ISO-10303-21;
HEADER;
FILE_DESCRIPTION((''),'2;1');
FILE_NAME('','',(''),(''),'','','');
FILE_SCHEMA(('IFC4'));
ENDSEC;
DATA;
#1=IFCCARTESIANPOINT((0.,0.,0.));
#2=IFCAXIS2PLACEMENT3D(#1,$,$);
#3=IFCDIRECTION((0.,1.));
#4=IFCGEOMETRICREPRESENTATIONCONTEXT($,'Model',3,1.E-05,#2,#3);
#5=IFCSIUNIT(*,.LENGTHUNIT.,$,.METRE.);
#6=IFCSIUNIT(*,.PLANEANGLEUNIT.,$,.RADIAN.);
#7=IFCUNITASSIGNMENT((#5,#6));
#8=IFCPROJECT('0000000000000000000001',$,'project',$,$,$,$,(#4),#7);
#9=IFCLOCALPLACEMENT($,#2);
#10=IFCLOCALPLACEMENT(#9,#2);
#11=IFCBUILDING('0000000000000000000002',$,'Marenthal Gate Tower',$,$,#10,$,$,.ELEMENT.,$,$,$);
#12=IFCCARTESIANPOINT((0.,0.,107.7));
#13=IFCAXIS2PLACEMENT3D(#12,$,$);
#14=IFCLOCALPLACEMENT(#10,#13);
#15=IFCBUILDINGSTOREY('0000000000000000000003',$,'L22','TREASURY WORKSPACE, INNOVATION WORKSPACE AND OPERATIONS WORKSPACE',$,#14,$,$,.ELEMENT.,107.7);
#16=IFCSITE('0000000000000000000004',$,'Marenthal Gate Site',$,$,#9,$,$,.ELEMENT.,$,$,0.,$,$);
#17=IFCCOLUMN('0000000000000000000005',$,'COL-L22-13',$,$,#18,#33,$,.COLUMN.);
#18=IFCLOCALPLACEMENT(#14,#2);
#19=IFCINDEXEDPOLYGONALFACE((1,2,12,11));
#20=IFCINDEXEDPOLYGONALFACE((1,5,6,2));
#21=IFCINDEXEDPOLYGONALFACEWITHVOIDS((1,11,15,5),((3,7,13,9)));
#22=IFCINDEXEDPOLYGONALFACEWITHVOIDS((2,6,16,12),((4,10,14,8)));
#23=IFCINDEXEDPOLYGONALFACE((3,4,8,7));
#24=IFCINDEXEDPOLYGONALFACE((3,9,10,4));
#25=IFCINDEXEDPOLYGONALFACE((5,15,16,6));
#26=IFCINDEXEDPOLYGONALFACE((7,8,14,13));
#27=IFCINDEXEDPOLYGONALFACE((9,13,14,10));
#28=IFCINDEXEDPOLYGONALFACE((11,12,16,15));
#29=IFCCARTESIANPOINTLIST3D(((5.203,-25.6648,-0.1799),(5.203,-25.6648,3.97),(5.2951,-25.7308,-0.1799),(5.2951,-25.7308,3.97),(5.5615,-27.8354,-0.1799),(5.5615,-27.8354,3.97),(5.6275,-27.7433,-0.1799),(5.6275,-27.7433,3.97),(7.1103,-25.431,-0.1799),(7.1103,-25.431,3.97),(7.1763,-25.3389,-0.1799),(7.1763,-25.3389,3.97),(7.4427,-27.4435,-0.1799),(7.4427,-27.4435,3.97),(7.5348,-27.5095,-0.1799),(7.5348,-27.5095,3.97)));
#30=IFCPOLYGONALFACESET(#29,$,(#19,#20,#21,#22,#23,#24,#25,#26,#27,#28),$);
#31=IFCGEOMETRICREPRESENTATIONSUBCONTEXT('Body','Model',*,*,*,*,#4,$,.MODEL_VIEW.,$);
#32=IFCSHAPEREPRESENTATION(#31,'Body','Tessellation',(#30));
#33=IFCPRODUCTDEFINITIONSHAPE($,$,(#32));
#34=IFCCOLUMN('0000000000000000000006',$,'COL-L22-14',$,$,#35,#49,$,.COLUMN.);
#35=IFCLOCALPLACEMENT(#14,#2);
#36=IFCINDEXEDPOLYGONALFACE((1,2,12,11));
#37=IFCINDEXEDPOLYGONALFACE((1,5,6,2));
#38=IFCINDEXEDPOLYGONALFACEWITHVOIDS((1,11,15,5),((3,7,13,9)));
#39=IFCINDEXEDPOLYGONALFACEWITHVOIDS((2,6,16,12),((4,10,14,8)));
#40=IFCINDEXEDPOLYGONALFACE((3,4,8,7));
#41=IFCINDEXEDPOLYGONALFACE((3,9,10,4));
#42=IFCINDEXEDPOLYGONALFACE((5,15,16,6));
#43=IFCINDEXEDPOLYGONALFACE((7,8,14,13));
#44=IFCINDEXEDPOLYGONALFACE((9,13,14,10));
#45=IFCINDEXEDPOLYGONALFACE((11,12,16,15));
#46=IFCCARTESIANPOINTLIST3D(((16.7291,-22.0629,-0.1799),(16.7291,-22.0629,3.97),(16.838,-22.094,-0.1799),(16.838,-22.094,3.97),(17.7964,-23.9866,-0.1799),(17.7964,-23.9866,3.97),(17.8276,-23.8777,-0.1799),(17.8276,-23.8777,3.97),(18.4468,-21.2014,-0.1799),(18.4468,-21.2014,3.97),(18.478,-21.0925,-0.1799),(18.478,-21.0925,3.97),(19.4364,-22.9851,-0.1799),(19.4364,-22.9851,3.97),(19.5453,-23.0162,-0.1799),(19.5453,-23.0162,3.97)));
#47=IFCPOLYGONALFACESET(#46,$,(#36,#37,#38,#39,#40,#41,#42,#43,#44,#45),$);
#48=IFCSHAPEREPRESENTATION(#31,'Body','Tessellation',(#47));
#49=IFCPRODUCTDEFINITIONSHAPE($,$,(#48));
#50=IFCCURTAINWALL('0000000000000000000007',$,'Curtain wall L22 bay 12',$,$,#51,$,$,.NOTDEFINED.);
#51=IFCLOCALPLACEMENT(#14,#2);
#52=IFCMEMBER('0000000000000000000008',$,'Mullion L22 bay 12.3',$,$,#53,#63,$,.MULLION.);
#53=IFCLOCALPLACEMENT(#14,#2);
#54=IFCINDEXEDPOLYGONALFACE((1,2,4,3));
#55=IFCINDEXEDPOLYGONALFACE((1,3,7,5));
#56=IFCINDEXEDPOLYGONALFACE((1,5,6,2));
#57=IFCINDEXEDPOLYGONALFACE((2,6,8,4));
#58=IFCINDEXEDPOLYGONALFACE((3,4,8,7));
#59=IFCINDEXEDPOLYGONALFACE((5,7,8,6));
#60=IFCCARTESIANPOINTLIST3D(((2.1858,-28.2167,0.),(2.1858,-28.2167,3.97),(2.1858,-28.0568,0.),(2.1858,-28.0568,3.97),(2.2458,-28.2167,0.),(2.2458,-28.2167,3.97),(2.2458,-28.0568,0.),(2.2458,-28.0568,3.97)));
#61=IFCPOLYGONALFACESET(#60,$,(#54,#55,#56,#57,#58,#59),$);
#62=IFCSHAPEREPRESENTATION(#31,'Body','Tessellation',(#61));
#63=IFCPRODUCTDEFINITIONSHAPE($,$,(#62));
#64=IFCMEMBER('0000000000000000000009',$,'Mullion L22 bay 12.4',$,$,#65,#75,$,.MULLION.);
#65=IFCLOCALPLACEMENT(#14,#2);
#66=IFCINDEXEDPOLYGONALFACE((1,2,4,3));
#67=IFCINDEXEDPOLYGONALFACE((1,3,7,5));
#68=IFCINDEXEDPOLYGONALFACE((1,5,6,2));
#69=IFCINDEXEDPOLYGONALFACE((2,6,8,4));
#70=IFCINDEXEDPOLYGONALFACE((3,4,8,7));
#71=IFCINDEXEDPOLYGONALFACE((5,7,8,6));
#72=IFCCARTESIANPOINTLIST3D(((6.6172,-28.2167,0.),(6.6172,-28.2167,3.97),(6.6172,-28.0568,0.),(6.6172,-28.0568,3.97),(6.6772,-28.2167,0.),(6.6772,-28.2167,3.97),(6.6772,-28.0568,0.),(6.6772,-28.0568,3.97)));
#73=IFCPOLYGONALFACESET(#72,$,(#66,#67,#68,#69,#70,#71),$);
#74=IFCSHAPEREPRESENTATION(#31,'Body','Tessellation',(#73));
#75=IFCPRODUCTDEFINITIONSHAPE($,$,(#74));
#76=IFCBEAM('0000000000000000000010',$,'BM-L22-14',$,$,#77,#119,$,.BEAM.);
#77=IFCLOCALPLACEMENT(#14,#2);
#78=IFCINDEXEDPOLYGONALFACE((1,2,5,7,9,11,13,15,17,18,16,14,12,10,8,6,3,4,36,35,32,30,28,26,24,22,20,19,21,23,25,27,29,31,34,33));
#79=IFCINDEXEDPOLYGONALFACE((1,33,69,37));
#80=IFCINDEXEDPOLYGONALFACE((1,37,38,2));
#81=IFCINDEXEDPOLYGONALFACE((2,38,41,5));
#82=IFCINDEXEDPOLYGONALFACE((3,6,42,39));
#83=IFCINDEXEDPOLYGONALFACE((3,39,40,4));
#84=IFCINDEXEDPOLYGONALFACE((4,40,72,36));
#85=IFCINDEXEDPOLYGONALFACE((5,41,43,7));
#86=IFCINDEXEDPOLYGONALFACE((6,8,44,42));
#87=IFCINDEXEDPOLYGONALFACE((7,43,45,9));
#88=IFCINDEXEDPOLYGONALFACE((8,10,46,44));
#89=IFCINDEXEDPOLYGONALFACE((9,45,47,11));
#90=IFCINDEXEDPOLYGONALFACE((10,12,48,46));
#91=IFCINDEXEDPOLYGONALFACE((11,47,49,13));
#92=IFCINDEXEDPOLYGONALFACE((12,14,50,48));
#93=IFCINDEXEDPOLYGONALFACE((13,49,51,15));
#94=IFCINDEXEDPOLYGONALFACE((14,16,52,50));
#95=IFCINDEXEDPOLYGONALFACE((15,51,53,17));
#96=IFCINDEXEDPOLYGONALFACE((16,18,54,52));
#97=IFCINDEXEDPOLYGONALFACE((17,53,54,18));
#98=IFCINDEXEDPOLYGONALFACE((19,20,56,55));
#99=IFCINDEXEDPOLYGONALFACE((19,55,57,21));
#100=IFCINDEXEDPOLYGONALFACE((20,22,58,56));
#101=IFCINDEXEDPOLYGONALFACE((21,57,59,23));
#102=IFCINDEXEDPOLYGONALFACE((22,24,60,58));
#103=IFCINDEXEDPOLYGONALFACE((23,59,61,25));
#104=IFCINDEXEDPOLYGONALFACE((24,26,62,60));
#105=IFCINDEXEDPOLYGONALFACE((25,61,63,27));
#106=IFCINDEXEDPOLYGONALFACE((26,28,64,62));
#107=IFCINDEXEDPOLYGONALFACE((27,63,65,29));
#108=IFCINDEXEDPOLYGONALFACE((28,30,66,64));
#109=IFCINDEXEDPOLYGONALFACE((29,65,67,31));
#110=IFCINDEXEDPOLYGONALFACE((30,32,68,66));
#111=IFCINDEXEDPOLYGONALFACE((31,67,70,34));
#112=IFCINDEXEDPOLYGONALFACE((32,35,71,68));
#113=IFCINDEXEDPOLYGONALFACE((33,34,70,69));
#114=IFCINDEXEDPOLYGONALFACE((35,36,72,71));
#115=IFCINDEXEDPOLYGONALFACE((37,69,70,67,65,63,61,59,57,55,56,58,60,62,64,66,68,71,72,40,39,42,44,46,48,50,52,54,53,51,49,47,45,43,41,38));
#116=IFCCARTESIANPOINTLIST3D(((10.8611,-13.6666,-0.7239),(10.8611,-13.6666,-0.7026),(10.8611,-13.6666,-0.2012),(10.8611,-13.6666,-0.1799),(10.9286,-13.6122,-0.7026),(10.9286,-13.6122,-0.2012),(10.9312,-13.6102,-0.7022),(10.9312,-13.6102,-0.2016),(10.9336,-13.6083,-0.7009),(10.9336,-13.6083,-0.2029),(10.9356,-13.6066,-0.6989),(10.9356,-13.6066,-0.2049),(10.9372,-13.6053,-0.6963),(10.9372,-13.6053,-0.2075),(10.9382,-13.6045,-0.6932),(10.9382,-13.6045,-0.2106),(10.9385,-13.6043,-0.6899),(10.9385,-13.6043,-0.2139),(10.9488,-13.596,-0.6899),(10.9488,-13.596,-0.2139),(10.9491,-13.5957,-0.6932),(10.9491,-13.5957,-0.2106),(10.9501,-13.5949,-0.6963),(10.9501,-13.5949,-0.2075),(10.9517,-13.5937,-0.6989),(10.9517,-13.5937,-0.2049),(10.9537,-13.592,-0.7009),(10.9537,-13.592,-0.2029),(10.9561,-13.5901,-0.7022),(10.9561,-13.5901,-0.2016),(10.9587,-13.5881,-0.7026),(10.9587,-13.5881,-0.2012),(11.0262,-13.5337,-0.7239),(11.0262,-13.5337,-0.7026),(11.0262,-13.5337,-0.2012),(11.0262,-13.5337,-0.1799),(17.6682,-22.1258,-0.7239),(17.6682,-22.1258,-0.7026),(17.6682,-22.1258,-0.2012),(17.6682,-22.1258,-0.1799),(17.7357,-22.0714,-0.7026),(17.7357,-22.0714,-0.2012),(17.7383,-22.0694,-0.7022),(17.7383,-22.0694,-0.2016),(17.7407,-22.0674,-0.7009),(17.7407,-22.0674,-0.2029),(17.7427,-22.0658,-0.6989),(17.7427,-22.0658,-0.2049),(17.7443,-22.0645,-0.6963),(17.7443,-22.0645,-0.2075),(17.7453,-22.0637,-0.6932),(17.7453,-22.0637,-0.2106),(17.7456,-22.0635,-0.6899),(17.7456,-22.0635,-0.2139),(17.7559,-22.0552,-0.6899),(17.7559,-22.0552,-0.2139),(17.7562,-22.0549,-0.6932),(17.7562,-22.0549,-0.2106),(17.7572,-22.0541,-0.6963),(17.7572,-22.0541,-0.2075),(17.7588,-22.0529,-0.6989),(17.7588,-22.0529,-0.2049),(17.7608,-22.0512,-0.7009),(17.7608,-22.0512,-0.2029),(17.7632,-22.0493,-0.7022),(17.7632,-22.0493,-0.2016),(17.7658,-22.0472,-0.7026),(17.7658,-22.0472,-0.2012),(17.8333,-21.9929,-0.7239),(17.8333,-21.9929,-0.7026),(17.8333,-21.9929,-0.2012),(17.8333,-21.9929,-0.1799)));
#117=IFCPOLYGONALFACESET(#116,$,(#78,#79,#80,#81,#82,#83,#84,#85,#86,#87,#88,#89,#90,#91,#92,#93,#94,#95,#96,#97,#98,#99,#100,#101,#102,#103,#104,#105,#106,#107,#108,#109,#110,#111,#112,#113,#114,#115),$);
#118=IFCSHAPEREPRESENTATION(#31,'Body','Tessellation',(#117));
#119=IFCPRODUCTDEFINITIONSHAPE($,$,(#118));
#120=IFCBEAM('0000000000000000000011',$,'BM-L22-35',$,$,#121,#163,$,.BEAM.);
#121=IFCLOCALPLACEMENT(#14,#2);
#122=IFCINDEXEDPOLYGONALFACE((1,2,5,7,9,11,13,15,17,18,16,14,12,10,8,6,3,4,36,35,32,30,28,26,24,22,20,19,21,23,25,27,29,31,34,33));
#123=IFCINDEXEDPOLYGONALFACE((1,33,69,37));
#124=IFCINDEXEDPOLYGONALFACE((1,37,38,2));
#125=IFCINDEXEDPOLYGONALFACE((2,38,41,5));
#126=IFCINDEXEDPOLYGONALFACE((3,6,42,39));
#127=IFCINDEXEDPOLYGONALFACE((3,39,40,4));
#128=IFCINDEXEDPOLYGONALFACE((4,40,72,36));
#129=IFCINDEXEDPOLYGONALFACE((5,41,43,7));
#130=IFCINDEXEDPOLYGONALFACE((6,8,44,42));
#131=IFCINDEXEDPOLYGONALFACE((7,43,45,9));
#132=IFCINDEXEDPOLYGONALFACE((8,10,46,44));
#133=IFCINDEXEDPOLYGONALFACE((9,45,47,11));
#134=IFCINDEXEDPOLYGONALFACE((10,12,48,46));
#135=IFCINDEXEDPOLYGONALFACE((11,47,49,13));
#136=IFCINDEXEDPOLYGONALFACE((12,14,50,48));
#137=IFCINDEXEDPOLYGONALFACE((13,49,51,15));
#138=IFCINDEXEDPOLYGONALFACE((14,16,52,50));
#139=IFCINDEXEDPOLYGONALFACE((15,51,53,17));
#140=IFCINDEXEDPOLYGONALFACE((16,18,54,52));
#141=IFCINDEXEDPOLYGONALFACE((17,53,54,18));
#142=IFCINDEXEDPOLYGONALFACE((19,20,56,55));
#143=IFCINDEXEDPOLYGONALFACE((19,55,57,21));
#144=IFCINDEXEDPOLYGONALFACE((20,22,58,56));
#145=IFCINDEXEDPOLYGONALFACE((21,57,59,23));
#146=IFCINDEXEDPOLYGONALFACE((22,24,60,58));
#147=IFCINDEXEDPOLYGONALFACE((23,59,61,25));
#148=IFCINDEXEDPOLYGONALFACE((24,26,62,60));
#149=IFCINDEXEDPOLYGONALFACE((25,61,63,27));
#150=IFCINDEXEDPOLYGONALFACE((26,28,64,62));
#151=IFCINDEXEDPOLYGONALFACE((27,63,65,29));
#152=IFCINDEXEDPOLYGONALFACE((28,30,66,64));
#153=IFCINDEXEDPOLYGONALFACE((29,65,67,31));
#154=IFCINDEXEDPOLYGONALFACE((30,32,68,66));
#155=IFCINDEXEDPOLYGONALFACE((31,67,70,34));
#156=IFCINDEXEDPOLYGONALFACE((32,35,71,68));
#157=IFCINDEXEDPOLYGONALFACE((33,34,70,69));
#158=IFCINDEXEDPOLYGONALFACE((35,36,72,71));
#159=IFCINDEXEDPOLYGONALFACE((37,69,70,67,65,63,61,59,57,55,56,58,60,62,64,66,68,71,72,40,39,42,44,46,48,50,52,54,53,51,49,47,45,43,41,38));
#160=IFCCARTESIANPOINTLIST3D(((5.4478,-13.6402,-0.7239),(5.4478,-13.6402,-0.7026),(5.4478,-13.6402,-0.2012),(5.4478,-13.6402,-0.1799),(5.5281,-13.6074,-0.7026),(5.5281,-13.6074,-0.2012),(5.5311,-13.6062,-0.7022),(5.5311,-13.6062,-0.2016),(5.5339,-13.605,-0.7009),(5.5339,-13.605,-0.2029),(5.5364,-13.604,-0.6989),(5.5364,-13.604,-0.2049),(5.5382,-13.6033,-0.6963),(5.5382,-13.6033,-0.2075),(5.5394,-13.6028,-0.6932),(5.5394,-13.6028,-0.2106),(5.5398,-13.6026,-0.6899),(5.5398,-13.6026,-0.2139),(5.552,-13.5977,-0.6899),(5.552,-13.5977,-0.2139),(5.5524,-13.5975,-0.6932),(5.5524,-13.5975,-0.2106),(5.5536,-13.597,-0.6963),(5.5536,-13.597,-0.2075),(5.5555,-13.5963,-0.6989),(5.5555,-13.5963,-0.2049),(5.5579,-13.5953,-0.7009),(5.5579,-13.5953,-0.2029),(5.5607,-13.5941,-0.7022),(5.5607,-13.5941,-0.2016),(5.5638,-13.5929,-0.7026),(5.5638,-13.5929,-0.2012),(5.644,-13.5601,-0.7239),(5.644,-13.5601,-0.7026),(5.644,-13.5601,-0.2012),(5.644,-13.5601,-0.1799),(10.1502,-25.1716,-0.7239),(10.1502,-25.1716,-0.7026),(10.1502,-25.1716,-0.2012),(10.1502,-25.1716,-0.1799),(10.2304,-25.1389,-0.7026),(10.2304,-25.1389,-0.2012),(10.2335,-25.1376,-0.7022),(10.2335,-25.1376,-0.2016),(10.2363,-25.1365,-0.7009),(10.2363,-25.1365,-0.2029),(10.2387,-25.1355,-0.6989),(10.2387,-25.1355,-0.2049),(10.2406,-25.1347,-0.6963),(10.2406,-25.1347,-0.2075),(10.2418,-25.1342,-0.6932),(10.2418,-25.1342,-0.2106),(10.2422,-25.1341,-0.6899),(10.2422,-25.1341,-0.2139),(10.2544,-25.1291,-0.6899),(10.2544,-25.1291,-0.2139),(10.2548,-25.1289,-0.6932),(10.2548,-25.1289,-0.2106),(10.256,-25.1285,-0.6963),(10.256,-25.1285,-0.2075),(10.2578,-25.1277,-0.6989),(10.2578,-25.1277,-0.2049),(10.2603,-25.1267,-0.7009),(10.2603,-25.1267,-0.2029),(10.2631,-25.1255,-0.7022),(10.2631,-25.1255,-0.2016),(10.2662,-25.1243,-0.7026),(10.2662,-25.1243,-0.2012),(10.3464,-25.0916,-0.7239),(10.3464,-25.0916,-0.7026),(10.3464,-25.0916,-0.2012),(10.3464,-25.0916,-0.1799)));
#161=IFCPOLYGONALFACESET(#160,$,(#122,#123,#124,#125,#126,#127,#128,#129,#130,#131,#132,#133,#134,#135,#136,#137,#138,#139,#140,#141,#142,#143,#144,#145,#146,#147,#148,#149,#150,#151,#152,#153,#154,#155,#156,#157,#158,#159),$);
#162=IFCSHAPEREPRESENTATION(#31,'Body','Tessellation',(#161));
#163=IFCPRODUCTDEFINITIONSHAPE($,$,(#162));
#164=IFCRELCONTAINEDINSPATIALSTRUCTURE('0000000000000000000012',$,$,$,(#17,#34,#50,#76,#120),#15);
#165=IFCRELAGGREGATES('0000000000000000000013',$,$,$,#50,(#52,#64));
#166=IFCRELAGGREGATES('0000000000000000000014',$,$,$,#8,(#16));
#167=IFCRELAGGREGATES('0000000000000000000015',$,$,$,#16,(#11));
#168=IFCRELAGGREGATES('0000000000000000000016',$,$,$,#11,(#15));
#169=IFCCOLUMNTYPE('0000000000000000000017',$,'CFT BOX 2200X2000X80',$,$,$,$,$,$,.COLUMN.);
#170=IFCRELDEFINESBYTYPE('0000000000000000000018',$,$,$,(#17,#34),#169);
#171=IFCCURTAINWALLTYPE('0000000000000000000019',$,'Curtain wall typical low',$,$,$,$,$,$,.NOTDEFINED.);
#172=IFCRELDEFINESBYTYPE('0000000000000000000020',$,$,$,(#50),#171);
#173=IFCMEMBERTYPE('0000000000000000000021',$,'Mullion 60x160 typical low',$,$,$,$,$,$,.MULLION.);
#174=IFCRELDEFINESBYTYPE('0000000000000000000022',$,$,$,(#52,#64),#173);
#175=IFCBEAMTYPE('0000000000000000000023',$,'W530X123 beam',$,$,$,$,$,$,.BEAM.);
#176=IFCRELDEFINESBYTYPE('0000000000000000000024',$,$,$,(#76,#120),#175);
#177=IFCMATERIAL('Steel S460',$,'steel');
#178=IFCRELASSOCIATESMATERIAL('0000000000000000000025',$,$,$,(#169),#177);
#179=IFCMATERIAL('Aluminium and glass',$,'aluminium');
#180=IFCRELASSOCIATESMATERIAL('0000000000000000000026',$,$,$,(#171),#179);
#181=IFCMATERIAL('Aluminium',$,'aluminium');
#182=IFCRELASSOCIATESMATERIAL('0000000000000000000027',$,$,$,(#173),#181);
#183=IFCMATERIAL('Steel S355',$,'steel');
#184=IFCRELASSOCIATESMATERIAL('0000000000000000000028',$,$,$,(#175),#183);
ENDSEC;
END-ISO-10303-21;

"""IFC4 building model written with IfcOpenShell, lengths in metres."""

from ifc_helpers import new_model, si_unit, direction, frame, origin, origin_2d, place, context, subcontext, project, spatial, rectangle, hollow_rectangle, i_section, extrude, material, material_profile, profile_set, type_object, element, aggregate, save


model = new_model("IFC4")

# Units and contexts
model_context = context("Model", 3, precision=1e-05, world=origin(), true_north=direction((0.0, 1.0)))
body_context = subcontext(model_context, "Body", "Model", "MODEL_VIEW")
ifc_project = project(units=[si_unit("LENGTHUNIT", "METRE"), si_unit("PLANEANGLEUNIT", "RADIAN")], contexts=[model_context])

# Site, building, storey
site_placement = place(None, origin())
site = spatial("IfcSite", under=ifc_project, at=site_placement, Name="Marenthal Gate Site", CompositionType="ELEMENT", RefElevation=0.0)
building_placement = place(site_placement, origin())
building = spatial("IfcBuilding", under=site, at=building_placement, Name="Marenthal Gate Tower", CompositionType="ELEMENT")
storey_placement = place(building_placement, frame((0.0, 0.0, 107.7)))
storey = spatial("IfcBuildingStorey", under=building, at=storey_placement, Name="L22", Description="TREASURY WORKSPACE, INNOVATION WORKSPACE AND OPERATIONS WORKSPACE", CompositionType="ELEMENT", Elevation=107.7)

# Columns
ifc_material_1 = material(Name="Steel S460", Category="steel")
ifc_material_profile_1 = material_profile(ifc_material_1, hollow_rectangle(XDim=2.0, YDim=2.2, WallThickness=0.0801, at=origin_2d()), Name="CFT BOX 2200X2000X80")
ifc_material_2 = material(Name="Concrete 70 MPa", Category="concrete")
ifc_material_profile_2 = material_profile(ifc_material_2, rectangle(XDim=1.8401, YDim=2.04, at=origin_2d()), Name="CFT BOX 2200X2000X80 INFILL")
ifc_profile_set_1 = profile_set([ifc_material_profile_1, ifc_material_profile_2], Name="Steel S460 shell, Concrete 70 MPa infill")
column_type = type_object("IfcColumnType", Name="CFT BOX 2200X2000X80", PredefinedType="COLUMN", material=ifc_profile_set_1)
for number, where, z_axis, x_axis, name in (
    (1, (6.3689, -26.5872, -0.1799), (0.0, 0.0, 1.0), (-0.986633, -0.162961, 0.0), "COL-L22-13"),
    (2, (18.1372, -22.5396, -0.1799), (0.0, 0.0, 1.0), (-0.874427, -0.485158, 0.0), "COL-L22-14"),
):
    element("IfcColumn", number, at=place(storey_placement, frame(where, z_axis=z_axis, x_axis=x_axis)), inside=storey, type_object=column_type, Name=name, PredefinedType="COLUMN", context=body_context, shape_type="SweptSolid", body=[
        extrude(hollow_rectangle(XDim=2.0, YDim=2.2, WallThickness=0.0801, at=origin_2d()), origin(), (0.0, 0.0, 1.0), 4.1499),
    ])

# Curtain wall, members
ifc_material_3 = material(Name="Aluminium and glass", Category="aluminium")
curtain_wall_type = type_object("IfcCurtainWallType", Name="Curtain wall typical low", PredefinedType="NOTDEFINED", material=ifc_material_3)
curtain_wall_placement = place(storey_placement, origin())
curtain_wall = element("IfcCurtainWall", 3, at=curtain_wall_placement, inside=storey, type_object=curtain_wall_type, Name="Curtain wall L22 bay 12", PredefinedType="NOTDEFINED")
ifc_material_4 = material(Name="Aluminium", Category="aluminium")
ifc_material_profile_3 = material_profile(ifc_material_4, rectangle(XDim=0.1599, YDim=0.0601, at=origin_2d()), Name="60x160 aluminium mullion")
ifc_profile_set_2 = profile_set([ifc_material_profile_3], Name="Aluminium")
member_type = type_object("IfcMemberType", Name="Mullion 60x160 typical low", PredefinedType="MULLION", material=ifc_profile_set_2)
member_1_placement = place(storey_placement, frame((2.2158, -28.1367, 0.0), z_axis=(0.0, 0.0, 1.0), x_axis=(0.0, 1.0, 0.0)))
member_1 = element("IfcMember", 4, at=member_1_placement, type_object=member_type, Name="Mullion L22 bay 12.3", PredefinedType="MULLION", context=body_context, shape_type="SweptSolid", body=[
    extrude(rectangle(XDim=0.1599, YDim=0.0601, at=origin_2d()), origin(), (0.0, 0.0, 1.0), 3.97),
])
member_2_placement = place(storey_placement, frame((6.6472, -28.1367, 0.0), z_axis=(0.0, 0.0, 1.0), x_axis=(0.0, 1.0, 0.0)))
member_2 = element("IfcMember", 5, at=member_2_placement, type_object=member_type, Name="Mullion L22 bay 12.4", PredefinedType="MULLION", context=body_context, shape_type="SweptSolid", body=[
    extrude(rectangle(XDim=0.1599, YDim=0.0601, at=origin_2d()), origin(), (0.0, 0.0, 1.0), 3.97),
])

# Beams
ifc_material_5 = material(Name="Steel S355", Category="steel")
ifc_material_profile_4 = material_profile(ifc_material_5, i_section(OverallWidth=0.2119, OverallDepth=0.5439, WebThickness=0.0132, FlangeThickness=0.0212, FilletRadius=0.0127, at=origin_2d()), Name="W530X123")
ifc_profile_set_3 = profile_set([ifc_material_profile_4], Name="Steel S355")
beam_type_1 = type_object("IfcBeamType", Name="W530X123 beam", PredefinedType="BEAM", material=ifc_profile_set_3)
beam_1_placement = place(storey_placement, frame((17.7507, -22.0593, -0.4519), z_axis=(-0.626925, 0.77908, 0.0), x_axis=(-0.77908, -0.626925, 0.0)))
element("IfcBeam", 6, at=beam_1_placement, inside=storey, type_object=beam_type_1, Name="BM-L22-14", PredefinedType="BEAM", context=body_context, shape_type="SweptSolid", body=[
    extrude(i_section(OverallWidth=0.2119, OverallDepth=0.5439, WebThickness=0.0132, FlangeThickness=0.0212, FilletRadius=0.0127, at=origin_2d()), origin(), (0.0, 0.0, 1.0), 10.8579),
])
beam_2_placement = place(storey_placement, frame((10.2483, -25.1316, -0.4519), z_axis=(-0.377598, 0.92597, 0.0), x_axis=(-0.92597, -0.377598, 0.0)))
element("IfcBeam", 7, at=beam_2_placement, inside=storey, type_object=beam_type_1, Name="BM-L22-35", PredefinedType="BEAM", context=body_context, shape_type="SweptSolid", body=[
    extrude(i_section(OverallWidth=0.2119, OverallDepth=0.5439, WebThickness=0.0132, FlangeThickness=0.0212, FilletRadius=0.0127, at=origin_2d()), origin(), (0.0, 0.0, 1.0), 12.4534),
])

aggregate(curtain_wall, [member_1, member_2])

save(model, "model.ifc")
